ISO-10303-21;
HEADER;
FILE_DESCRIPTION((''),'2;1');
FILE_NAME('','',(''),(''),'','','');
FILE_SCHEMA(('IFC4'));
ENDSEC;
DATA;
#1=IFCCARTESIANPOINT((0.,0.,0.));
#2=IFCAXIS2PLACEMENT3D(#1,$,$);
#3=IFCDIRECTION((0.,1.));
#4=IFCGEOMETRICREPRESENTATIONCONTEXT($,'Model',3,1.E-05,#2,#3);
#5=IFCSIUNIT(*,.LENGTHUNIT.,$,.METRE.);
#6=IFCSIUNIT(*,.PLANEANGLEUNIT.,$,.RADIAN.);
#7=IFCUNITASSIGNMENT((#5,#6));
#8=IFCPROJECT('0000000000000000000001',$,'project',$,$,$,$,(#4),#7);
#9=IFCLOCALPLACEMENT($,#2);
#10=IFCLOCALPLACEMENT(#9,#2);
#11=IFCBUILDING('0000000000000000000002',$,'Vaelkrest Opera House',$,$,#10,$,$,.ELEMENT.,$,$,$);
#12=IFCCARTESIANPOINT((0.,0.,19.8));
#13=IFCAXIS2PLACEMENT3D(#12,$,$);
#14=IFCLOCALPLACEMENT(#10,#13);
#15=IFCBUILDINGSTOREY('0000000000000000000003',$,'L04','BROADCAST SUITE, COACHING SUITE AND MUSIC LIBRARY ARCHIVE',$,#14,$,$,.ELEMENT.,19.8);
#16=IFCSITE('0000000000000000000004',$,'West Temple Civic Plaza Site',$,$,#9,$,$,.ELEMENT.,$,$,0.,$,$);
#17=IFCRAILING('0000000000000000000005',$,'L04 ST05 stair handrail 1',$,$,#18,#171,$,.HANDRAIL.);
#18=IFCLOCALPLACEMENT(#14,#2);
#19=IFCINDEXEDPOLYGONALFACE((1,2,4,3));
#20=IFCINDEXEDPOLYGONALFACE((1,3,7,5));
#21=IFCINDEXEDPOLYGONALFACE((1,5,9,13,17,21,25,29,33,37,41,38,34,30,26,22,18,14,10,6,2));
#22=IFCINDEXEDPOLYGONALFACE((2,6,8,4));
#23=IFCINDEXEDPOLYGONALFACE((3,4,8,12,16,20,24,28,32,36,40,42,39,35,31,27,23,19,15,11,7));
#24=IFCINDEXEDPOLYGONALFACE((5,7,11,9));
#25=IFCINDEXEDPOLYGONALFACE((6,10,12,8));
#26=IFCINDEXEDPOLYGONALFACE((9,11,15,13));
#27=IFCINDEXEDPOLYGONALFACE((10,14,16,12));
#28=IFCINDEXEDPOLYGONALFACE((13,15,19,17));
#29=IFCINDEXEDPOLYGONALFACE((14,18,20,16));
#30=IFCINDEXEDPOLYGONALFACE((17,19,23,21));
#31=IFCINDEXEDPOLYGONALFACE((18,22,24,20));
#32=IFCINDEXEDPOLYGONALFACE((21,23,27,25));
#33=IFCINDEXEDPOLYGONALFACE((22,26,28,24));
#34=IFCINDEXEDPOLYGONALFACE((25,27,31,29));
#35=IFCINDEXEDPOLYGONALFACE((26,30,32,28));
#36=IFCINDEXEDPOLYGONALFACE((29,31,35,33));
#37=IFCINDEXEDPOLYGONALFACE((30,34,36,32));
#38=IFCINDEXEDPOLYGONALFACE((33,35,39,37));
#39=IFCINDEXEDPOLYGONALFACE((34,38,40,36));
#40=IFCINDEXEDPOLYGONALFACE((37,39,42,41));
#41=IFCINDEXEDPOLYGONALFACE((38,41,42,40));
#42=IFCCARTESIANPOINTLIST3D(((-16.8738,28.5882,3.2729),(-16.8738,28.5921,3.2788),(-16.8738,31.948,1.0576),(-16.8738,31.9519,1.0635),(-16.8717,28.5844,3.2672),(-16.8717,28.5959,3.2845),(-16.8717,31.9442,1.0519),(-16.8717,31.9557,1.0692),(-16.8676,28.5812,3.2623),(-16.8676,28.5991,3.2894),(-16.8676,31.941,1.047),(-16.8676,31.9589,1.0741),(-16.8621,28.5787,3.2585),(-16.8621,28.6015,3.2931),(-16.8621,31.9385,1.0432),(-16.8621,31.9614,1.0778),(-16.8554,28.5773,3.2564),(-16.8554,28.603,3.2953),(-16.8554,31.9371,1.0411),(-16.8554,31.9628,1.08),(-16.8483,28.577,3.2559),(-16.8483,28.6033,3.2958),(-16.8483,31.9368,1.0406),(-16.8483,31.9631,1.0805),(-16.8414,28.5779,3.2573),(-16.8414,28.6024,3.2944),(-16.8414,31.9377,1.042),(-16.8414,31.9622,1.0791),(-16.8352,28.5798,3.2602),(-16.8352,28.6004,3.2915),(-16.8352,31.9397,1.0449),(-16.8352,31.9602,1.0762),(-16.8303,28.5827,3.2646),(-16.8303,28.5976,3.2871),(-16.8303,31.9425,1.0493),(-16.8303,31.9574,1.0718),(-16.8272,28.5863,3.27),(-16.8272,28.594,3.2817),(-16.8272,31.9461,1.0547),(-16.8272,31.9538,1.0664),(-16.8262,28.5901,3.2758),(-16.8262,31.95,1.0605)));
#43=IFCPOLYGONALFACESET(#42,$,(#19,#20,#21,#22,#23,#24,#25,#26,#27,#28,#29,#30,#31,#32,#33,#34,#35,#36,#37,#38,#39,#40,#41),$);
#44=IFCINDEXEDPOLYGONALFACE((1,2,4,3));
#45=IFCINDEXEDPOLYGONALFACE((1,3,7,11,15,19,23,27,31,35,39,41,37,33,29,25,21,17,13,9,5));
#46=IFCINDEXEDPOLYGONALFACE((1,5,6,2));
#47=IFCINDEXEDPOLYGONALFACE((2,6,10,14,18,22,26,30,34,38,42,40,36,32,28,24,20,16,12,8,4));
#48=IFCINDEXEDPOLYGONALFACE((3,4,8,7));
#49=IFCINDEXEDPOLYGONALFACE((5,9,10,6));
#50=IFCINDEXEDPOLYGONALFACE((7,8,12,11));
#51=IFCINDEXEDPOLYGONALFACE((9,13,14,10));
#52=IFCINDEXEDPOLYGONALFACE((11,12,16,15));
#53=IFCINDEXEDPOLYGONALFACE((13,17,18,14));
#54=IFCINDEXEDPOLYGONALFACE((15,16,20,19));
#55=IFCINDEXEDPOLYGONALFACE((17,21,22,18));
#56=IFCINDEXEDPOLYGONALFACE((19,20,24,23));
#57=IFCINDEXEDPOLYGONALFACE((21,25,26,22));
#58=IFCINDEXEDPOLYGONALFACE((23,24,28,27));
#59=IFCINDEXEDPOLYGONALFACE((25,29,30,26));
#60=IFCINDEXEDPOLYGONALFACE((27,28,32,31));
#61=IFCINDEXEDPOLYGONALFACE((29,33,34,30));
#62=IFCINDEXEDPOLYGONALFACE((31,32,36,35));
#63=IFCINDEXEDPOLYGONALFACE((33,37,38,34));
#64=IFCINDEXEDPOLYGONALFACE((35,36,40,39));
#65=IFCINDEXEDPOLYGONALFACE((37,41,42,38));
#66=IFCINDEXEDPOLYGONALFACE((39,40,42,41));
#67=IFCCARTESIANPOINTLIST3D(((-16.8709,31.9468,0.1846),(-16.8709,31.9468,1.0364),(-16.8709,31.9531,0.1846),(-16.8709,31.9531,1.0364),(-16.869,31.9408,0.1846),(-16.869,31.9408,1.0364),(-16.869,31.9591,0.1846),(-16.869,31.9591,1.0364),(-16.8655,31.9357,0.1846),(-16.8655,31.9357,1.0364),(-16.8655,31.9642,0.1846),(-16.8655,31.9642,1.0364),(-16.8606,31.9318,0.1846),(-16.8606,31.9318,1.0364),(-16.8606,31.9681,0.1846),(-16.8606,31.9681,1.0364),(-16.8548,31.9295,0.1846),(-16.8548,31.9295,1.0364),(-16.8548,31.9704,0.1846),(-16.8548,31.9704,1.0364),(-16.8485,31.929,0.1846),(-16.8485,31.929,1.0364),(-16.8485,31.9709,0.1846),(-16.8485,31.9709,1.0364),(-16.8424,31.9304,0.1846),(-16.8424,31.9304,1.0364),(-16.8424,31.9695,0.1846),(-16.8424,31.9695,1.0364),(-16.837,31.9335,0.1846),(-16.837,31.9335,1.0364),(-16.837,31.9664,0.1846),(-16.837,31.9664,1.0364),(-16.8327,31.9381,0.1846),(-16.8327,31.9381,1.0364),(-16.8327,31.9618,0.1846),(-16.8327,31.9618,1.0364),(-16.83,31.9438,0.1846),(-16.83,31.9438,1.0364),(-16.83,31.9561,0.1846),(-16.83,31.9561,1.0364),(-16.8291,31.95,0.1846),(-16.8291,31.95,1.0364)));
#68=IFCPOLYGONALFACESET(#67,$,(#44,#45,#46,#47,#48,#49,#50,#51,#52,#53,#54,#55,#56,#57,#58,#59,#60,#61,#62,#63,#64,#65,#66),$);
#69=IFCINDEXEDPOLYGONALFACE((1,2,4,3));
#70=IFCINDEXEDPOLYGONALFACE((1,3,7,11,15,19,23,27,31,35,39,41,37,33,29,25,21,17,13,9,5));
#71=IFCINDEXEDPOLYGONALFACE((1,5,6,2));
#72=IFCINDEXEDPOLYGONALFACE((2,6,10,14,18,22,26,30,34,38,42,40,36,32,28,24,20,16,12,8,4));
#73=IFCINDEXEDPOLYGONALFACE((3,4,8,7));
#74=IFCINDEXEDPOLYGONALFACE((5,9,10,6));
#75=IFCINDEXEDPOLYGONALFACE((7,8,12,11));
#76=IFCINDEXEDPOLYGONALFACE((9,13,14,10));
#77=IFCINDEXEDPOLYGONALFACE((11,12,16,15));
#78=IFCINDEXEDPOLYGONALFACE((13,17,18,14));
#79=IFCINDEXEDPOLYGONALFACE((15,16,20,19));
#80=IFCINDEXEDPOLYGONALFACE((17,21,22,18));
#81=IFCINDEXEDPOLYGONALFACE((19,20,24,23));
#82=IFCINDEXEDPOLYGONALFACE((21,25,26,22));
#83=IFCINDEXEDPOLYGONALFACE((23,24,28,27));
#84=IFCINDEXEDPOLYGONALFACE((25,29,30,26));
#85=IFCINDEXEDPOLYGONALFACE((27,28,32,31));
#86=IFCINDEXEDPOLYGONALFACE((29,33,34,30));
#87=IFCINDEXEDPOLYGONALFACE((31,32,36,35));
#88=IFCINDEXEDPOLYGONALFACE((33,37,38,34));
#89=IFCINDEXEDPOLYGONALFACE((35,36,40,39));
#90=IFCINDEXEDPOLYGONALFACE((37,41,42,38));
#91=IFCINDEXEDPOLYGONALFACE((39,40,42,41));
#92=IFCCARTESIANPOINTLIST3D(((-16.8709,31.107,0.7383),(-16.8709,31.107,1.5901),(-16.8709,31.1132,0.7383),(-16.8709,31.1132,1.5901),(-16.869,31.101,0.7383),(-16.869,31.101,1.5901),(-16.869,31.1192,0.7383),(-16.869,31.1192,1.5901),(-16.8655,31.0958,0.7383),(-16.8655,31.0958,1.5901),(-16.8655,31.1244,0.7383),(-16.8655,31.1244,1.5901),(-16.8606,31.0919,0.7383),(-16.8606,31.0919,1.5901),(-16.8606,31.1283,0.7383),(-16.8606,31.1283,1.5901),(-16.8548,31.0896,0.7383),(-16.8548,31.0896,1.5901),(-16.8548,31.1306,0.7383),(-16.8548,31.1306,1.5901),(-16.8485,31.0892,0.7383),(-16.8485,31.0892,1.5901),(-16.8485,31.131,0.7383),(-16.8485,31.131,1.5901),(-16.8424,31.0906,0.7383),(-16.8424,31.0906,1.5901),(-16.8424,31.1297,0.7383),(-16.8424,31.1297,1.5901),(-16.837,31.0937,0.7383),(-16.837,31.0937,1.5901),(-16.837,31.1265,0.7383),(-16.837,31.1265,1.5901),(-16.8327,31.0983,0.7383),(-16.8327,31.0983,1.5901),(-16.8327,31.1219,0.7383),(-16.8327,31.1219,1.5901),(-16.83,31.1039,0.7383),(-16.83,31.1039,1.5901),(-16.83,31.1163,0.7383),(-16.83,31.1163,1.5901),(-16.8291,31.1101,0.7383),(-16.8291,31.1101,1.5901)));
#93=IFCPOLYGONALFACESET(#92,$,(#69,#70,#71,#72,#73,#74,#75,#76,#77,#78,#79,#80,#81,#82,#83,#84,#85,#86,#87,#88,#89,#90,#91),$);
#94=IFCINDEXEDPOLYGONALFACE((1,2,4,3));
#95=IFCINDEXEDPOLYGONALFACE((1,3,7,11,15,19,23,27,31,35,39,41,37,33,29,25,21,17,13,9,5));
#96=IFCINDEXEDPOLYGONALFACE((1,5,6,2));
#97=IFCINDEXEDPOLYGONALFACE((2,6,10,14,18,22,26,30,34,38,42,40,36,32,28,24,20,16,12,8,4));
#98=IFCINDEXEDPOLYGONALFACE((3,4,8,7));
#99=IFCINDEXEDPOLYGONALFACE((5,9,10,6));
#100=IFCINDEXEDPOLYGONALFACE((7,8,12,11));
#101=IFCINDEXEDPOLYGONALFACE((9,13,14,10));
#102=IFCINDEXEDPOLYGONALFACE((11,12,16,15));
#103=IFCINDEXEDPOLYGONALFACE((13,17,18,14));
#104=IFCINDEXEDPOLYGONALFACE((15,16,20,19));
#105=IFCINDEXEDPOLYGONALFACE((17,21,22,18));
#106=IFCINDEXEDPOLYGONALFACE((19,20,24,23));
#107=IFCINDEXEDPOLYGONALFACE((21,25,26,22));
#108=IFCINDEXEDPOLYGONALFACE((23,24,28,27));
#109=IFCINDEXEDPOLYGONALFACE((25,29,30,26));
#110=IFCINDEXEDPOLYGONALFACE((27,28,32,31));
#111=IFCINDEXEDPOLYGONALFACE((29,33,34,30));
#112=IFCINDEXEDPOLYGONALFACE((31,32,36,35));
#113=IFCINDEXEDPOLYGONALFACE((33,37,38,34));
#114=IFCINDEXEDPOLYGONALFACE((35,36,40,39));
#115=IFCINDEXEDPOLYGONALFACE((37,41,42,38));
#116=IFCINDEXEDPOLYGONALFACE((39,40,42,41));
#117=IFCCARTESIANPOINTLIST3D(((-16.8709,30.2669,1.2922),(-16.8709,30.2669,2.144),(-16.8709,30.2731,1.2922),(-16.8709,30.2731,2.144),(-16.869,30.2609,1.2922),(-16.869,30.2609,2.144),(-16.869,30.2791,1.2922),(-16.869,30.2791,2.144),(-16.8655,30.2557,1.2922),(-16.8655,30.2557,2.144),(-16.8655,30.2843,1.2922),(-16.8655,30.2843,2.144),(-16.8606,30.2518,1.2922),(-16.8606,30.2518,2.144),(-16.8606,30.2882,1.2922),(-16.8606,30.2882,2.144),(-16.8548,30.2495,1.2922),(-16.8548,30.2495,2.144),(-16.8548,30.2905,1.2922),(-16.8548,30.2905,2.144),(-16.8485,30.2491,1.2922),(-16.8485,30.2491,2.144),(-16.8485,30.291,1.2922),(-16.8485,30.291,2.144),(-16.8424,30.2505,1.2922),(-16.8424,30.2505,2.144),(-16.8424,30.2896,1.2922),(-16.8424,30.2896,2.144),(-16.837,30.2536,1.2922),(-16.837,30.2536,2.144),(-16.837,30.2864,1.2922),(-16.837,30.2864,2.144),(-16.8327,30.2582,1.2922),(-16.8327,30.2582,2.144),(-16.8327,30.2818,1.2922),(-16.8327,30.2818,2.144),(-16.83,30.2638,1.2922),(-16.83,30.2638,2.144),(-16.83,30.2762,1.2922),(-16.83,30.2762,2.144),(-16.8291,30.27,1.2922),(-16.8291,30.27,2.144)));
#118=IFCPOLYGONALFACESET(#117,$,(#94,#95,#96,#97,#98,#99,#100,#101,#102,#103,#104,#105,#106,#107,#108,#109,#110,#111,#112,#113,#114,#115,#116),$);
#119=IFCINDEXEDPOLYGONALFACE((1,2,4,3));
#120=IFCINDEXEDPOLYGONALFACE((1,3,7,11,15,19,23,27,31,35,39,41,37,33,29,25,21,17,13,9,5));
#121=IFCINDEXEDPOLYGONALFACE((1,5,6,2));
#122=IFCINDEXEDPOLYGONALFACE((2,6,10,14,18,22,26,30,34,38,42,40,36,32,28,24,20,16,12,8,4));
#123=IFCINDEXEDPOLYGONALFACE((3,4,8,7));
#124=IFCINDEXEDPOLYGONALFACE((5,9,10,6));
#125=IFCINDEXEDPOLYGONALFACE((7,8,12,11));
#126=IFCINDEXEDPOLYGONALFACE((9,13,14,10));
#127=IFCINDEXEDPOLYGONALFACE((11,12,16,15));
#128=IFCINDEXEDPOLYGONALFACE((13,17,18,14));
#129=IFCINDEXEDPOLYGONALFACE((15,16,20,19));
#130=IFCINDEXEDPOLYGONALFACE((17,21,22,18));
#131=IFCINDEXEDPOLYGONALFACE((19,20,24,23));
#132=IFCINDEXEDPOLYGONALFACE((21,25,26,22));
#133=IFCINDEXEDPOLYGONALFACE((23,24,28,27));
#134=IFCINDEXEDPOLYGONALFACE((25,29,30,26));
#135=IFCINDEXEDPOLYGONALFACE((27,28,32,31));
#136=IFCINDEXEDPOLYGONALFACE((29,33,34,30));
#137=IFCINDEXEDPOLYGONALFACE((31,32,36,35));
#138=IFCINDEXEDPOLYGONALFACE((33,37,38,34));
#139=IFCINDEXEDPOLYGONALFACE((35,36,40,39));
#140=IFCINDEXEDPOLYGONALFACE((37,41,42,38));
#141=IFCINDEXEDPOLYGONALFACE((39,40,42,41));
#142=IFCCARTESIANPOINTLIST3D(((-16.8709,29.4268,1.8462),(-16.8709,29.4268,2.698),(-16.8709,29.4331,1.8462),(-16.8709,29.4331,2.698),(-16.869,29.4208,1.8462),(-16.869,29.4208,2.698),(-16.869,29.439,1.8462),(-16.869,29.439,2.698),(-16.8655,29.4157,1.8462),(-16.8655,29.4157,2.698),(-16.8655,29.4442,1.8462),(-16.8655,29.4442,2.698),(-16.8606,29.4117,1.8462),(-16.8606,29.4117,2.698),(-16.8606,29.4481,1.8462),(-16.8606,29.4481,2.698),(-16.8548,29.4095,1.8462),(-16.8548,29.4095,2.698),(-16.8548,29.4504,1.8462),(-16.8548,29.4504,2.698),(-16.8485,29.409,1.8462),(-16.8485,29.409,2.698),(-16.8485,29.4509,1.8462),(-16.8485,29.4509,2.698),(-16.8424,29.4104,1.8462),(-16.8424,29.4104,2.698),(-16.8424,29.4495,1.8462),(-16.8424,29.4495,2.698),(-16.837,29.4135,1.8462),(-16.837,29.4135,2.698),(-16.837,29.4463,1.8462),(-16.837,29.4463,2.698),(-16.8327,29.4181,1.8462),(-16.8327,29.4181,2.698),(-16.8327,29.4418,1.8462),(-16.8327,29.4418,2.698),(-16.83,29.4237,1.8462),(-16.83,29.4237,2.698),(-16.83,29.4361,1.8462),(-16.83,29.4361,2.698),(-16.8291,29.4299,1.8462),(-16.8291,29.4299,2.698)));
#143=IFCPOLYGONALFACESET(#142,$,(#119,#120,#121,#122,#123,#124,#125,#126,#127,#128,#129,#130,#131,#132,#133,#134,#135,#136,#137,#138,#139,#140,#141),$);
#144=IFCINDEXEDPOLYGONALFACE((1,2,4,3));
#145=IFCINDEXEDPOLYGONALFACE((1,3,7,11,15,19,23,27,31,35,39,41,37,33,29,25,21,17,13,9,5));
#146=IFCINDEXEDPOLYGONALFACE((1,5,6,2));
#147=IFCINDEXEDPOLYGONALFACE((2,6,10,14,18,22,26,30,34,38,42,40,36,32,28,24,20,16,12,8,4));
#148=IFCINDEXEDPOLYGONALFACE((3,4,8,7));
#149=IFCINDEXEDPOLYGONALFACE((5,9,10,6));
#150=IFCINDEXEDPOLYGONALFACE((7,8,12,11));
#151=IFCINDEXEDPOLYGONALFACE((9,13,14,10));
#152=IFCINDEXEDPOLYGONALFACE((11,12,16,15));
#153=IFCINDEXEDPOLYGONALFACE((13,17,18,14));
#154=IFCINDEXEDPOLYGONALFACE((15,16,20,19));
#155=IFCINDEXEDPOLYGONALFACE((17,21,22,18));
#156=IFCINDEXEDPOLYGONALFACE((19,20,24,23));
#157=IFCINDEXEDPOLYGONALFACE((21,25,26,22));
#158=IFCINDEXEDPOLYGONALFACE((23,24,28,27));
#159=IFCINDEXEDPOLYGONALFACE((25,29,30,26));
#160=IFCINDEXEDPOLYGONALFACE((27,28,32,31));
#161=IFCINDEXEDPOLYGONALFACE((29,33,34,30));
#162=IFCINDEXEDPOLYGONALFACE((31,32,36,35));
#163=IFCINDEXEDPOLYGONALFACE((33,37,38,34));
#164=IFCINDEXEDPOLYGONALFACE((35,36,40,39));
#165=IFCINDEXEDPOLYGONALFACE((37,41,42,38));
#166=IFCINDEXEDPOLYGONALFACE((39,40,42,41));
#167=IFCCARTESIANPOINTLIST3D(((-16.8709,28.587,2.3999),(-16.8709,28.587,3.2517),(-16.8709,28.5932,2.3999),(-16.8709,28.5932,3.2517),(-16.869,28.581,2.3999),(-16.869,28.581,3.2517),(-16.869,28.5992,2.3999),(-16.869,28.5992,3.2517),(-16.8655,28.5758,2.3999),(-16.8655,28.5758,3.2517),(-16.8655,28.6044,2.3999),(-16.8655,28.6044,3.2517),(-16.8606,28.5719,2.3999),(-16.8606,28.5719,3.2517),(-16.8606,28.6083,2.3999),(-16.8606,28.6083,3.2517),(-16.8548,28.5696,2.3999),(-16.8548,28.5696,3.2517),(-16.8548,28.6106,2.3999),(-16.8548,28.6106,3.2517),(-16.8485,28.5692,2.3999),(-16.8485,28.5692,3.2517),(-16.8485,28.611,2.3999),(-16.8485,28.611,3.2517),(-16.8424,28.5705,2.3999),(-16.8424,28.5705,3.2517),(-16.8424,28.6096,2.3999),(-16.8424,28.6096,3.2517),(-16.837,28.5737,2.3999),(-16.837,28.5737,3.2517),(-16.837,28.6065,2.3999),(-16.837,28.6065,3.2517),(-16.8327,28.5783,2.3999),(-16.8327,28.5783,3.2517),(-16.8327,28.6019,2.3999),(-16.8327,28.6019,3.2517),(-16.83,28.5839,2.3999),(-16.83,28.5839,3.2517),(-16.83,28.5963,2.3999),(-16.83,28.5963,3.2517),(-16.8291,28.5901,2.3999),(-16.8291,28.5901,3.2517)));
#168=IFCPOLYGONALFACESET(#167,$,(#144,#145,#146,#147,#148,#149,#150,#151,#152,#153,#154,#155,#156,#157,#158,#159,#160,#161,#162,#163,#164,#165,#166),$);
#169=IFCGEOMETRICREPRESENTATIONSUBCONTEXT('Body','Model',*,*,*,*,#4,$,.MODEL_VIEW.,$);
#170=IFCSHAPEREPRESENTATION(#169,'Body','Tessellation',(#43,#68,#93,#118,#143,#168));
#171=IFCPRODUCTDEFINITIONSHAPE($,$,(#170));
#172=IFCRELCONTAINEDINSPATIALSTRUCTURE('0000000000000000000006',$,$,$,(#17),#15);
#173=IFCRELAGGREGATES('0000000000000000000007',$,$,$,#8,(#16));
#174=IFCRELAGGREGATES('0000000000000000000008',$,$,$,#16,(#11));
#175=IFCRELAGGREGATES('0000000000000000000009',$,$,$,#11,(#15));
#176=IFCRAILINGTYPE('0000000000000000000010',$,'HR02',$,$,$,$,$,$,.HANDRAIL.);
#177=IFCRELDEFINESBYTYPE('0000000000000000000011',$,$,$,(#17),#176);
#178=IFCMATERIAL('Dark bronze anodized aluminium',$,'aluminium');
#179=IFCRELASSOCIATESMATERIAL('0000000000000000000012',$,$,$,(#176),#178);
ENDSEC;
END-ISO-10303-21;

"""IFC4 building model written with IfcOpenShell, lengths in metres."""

from ifc_helpers import new_model, si_unit, direction, frame, origin, origin_2d, place, context, subcontext, project, spatial, circle, extrude, material, type_object, element, save


model = new_model("IFC4")

# Units and contexts
model_context = context("Model", 3, precision=1e-05, world=origin(), true_north=direction((0.0, 1.0)))
body_context = subcontext(model_context, "Body", "Model", "MODEL_VIEW")
ifc_project = project(units=[si_unit("LENGTHUNIT", "METRE"), si_unit("PLANEANGLEUNIT", "RADIAN")], contexts=[model_context])

# Site, building, storey
site_placement = place(None, origin())
site = spatial("IfcSite", under=ifc_project, at=site_placement, Name="West Temple Civic Plaza Site", CompositionType="ELEMENT", RefElevation=0.0)
building_placement = place(site_placement, origin())
building = spatial("IfcBuilding", under=site, at=building_placement, Name="Vaelkrest Opera House", CompositionType="ELEMENT")
storey_placement = place(building_placement, frame((0.0, 0.0, 19.8)))
storey = spatial("IfcBuildingStorey", under=building, at=storey_placement, Name="L04", Description="BROADCAST SUITE, COACHING SUITE AND MUSIC LIBRARY ARCHIVE", CompositionType="ELEMENT", Elevation=19.8)

# Shared definitions
ifc_material_1 = material(Name="Dark bronze anodized aluminium", Category="aluminium")

# Railing
railing_type_1 = type_object("IfcRailingType", Name="HR02", PredefinedType="HANDRAIL", material=ifc_material_1)
railing_1_placement = place(storey_placement, frame((-16.8501, 31.95, 0.1846)))
element("IfcRailing", 1, at=railing_1_placement, inside=storey, type_object=railing_type_1, Name="L04 ST05 stair handrail 1", PredefinedType="HANDRAIL", context=body_context, shape_type="SweptSolid", body=[
    extrude(circle(Radius=0.0239, at=origin_2d()), frame((0.0, 0.0, 0.876), z_axis=(0.0, -0.834858, 0.550465), x_axis=(1.0, 0.0, 0.0)), (0.0, 0.0, 1.0), 4.0244),
    extrude(circle(Radius=0.021, at=origin_2d()), origin(), (0.0, 0.0, 1.0), 0.8518),
    extrude(circle(Radius=0.021, at=origin_2d()), frame((0.0, -0.8398, 0.5537)), (0.0, 0.0, 1.0), 0.8518),
    extrude(circle(Radius=0.021, at=origin_2d()), frame((0.0, -1.6799, 1.1077)), (0.0, 0.0, 1.0), 0.8518),
    extrude(circle(Radius=0.021, at=origin_2d()), frame((0.0, -2.52, 1.6616)), (0.0, 0.0, 1.0), 0.8518),
    extrude(circle(Radius=0.021, at=origin_2d()), frame((0.0, -3.3599, 2.2153)), (0.0, 0.0, 1.0), 0.8518),
])

save(model, "model.ifc")
